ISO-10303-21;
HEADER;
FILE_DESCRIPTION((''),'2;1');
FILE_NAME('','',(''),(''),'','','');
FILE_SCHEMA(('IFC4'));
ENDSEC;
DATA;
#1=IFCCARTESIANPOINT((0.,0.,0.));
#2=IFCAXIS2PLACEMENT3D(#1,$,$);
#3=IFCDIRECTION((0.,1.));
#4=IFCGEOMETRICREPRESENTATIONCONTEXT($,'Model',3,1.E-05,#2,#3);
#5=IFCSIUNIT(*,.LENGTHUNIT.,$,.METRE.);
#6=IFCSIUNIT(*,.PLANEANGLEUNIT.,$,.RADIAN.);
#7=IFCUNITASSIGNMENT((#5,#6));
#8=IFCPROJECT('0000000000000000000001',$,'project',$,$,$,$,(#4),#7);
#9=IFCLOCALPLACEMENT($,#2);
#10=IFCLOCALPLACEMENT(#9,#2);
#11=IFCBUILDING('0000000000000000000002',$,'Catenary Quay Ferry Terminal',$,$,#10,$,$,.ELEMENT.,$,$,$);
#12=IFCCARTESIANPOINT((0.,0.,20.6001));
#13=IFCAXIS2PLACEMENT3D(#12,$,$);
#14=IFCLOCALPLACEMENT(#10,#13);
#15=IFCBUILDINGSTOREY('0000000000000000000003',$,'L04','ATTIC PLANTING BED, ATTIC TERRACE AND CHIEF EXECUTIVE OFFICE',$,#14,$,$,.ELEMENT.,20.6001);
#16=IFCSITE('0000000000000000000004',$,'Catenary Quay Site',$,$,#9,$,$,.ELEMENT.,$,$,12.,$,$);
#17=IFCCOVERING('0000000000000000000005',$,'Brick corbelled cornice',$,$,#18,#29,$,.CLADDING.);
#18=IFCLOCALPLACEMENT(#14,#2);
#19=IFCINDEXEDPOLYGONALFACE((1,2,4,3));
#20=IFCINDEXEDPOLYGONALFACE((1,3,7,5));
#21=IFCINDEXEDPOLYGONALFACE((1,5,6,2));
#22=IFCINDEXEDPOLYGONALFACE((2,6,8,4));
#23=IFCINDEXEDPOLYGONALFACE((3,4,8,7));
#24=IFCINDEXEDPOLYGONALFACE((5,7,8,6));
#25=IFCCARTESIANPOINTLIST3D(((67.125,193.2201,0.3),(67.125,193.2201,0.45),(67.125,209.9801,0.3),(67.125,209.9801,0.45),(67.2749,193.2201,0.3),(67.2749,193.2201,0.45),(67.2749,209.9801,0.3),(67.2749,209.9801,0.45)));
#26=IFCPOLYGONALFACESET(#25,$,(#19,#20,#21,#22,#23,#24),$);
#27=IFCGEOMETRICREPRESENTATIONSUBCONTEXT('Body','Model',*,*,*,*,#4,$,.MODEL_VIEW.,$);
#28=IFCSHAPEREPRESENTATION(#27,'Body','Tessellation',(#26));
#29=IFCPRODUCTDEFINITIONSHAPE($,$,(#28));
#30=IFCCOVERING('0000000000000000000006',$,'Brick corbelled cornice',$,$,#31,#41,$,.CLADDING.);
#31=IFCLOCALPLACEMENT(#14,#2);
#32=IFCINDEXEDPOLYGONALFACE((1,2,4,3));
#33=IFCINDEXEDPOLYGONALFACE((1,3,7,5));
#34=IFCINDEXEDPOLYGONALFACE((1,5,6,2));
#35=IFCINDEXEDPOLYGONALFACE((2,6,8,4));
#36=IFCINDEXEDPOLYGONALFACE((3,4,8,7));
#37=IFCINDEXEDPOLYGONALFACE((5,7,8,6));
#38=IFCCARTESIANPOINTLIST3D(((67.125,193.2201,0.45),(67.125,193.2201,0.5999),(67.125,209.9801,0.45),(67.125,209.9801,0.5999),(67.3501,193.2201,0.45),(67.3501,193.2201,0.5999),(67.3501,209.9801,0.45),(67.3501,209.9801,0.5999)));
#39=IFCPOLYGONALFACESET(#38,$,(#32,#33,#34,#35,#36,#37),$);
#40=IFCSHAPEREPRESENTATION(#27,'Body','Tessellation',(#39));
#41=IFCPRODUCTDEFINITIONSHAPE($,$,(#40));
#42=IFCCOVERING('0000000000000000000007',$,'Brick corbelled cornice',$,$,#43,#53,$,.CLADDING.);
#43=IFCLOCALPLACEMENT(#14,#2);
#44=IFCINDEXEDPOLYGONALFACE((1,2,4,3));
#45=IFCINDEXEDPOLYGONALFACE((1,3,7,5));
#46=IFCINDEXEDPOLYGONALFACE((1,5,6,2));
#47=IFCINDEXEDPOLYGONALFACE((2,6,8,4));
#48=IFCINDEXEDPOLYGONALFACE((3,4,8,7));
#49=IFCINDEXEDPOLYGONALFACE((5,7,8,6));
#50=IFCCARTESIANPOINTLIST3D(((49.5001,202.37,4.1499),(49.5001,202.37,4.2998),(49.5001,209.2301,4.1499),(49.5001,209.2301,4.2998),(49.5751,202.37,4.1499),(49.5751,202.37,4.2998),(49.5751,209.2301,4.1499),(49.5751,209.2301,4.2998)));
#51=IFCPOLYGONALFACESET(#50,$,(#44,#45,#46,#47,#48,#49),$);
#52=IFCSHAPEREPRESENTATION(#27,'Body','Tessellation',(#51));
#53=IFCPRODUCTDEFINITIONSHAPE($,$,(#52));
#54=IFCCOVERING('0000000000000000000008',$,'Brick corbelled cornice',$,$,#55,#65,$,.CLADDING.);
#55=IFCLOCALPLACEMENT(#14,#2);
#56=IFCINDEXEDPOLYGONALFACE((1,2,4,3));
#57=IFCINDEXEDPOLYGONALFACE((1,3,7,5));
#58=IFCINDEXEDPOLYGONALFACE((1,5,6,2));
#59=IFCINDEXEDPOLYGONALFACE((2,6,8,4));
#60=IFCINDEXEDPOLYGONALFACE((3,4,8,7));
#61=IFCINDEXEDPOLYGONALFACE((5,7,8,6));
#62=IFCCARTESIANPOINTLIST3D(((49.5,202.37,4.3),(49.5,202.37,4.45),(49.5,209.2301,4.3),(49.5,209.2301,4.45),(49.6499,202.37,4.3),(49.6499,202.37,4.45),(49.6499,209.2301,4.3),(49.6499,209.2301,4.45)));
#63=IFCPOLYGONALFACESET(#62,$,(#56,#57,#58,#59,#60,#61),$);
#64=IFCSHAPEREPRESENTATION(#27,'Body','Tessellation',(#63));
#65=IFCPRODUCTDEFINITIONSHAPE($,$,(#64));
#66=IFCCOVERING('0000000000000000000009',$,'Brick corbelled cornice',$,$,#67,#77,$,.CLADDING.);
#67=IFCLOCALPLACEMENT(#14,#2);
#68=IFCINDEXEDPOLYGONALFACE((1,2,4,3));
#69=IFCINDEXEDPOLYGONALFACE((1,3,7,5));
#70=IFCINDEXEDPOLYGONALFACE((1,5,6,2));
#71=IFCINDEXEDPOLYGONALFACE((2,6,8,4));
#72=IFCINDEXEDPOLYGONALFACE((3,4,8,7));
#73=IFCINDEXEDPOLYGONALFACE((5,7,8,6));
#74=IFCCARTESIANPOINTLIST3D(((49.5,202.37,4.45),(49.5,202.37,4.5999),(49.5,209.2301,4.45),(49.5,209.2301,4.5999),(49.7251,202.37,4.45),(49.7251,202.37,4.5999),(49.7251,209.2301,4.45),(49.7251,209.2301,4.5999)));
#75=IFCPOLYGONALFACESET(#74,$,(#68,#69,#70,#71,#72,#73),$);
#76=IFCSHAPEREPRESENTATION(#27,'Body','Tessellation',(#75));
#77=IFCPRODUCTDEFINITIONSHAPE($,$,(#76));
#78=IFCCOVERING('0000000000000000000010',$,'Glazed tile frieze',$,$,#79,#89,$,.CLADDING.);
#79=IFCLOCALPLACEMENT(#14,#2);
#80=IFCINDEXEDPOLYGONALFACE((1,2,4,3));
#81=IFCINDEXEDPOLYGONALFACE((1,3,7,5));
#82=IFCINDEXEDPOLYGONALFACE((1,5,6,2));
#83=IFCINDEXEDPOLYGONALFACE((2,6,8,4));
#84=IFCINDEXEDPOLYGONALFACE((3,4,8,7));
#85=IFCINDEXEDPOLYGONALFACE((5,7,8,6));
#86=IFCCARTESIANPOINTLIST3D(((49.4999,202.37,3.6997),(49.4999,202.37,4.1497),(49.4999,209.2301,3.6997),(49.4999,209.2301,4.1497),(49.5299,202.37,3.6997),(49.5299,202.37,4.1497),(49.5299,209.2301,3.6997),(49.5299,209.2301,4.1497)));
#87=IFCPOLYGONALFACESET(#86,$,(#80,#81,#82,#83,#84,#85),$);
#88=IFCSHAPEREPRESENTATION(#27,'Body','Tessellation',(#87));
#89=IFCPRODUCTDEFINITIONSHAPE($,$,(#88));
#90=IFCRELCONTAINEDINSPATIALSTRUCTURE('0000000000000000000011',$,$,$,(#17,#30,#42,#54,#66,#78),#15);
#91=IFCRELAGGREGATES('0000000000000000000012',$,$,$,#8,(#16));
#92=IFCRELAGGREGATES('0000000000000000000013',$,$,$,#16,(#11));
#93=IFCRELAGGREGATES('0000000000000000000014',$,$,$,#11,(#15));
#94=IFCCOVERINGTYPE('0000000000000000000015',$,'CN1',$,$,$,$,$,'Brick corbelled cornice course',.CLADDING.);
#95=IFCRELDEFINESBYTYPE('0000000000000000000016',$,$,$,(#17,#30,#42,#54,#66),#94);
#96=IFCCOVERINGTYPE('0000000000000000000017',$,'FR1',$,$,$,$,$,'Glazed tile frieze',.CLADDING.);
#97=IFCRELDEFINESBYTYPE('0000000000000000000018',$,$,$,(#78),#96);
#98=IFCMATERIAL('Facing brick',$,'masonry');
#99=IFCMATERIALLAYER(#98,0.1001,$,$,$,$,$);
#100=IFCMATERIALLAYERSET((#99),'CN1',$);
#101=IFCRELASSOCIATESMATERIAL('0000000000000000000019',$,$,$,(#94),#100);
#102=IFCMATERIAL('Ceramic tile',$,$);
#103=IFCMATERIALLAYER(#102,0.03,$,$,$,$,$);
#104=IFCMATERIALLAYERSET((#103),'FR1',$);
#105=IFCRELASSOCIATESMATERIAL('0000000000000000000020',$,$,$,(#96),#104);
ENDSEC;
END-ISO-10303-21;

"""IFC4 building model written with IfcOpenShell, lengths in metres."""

from ifc_helpers import new_model, si_unit, direction, frame, origin, origin_2d, place, context, subcontext, project, spatial, rectangle, extrude, material, layer, layer_set, type_object, element, save


model = new_model("IFC4")

# Units and contexts
model_context = context("Model", 3, precision=1e-05, world=origin(), true_north=direction((0.0, 1.0)))
body_context = subcontext(model_context, "Body", "Model", "MODEL_VIEW")
ifc_project = project(units=[si_unit("LENGTHUNIT", "METRE"), si_unit("PLANEANGLEUNIT", "RADIAN")], contexts=[model_context])

# Site, building, storey
site_placement = place(None, origin())
site = spatial("IfcSite", under=ifc_project, at=site_placement, Name="Catenary Quay Site", CompositionType="ELEMENT", RefElevation=12.0)
building_placement = place(site_placement, origin())
building = spatial("IfcBuilding", under=site, at=building_placement, Name="Catenary Quay Ferry Terminal", CompositionType="ELEMENT")
storey_placement = place(building_placement, frame((0.0, 0.0, 20.6001)))
storey = spatial("IfcBuildingStorey", under=building, at=storey_placement, Name="L04", Description="ATTIC PLANTING BED, ATTIC TERRACE AND CHIEF EXECUTIVE OFFICE", CompositionType="ELEMENT", Elevation=20.6001)

# Coverings
ifc_material_1 = material(Name="Facing brick", Category="masonry")
ifc_layer_1 = layer(ifc_material_1, 0.1001)
ifc_layer_set_1 = layer_set([ifc_layer_1], Name="CN1")
covering_type_1 = type_object("IfcCoveringType", Name="CN1", ElementType="Brick corbelled cornice course", PredefinedType="CLADDING", material=ifc_layer_set_1)
covering_1_placement = place(storey_placement, frame((67.2, 201.6001, 0.3), z_axis=(0.0, 0.0, 1.0), x_axis=(1.0, 0.0, 0.0)))
element("IfcCovering", 1, at=covering_1_placement, inside=storey, type_object=covering_type_1, Name="Brick corbelled cornice", PredefinedType="CLADDING", context=body_context, shape_type="SweptSolid", body=[
    extrude(rectangle(XDim=0.1499, YDim=16.76, at=origin_2d()), origin(), (0.0, 0.0, 1.0), 0.1499),
])
covering_2_placement = place(storey_placement, frame((67.2375, 201.6001, 0.45), z_axis=(0.0, 0.0, 1.0), x_axis=(1.0, 0.0, 0.0)))
element("IfcCovering", 2, at=covering_2_placement, inside=storey, type_object=covering_type_1, Name="Brick corbelled cornice", PredefinedType="CLADDING", context=body_context, shape_type="SweptSolid", body=[
    extrude(rectangle(XDim=0.2251, YDim=16.76, at=origin_2d()), origin(), (0.0, 0.0, 1.0), 0.1499),
])
covering_3_placement = place(storey_placement, frame((49.5376, 205.8, 4.1499), z_axis=(0.0, 0.0, 1.0), x_axis=(1.0, 0.0, 0.0)))
element("IfcCovering", 3, at=covering_3_placement, inside=storey, type_object=covering_type_1, Name="Brick corbelled cornice", PredefinedType="CLADDING", context=body_context, shape_type="SweptSolid", body=[
    extrude(rectangle(XDim=0.075, YDim=6.8601, at=origin_2d()), origin(), (0.0, 0.0, 1.0), 0.1499),
])
covering_4_placement = place(storey_placement, frame((49.575, 205.8, 4.3), z_axis=(0.0, 0.0, 1.0), x_axis=(1.0, 0.0, 0.0)))
element("IfcCovering", 4, at=covering_4_placement, inside=storey, type_object=covering_type_1, Name="Brick corbelled cornice", PredefinedType="CLADDING", context=body_context, shape_type="SweptSolid", body=[
    extrude(rectangle(XDim=0.1499, YDim=6.8601, at=origin_2d()), origin(), (0.0, 0.0, 1.0), 0.1499),
])
covering_5_placement = place(storey_placement, frame((49.6125, 205.8, 4.45), z_axis=(0.0, 0.0, 1.0), x_axis=(1.0, 0.0, 0.0)))
element("IfcCovering", 5, at=covering_5_placement, inside=storey, type_object=covering_type_1, Name="Brick corbelled cornice", PredefinedType="CLADDING", context=body_context, shape_type="SweptSolid", body=[
    extrude(rectangle(XDim=0.2251, YDim=6.8601, at=origin_2d()), origin(), (0.0, 0.0, 1.0), 0.1499),
])
ifc_material_2 = material(Name="Ceramic tile")
ifc_layer_2 = layer(ifc_material_2, 0.03)
ifc_layer_set_2 = layer_set([ifc_layer_2], Name="FR1")
covering_type_2 = type_object("IfcCoveringType", Name="FR1", ElementType="Glazed tile frieze", PredefinedType="CLADDING", material=ifc_layer_set_2)
covering_6_placement = place(storey_placement, frame((49.5149, 205.8, 3.6997), z_axis=(0.0, 0.0, 1.0), x_axis=(1.0, 0.0, 0.0)))
element("IfcCovering", 6, at=covering_6_placement, inside=storey, type_object=covering_type_2, Name="Glazed tile frieze", PredefinedType="CLADDING", context=body_context, shape_type="SweptSolid", body=[
    extrude(rectangle(XDim=0.03, YDim=6.8601, at=origin_2d()), origin(), (0.0, 0.0, 1.0), 0.45),
])

save(model, "model.ifc")
